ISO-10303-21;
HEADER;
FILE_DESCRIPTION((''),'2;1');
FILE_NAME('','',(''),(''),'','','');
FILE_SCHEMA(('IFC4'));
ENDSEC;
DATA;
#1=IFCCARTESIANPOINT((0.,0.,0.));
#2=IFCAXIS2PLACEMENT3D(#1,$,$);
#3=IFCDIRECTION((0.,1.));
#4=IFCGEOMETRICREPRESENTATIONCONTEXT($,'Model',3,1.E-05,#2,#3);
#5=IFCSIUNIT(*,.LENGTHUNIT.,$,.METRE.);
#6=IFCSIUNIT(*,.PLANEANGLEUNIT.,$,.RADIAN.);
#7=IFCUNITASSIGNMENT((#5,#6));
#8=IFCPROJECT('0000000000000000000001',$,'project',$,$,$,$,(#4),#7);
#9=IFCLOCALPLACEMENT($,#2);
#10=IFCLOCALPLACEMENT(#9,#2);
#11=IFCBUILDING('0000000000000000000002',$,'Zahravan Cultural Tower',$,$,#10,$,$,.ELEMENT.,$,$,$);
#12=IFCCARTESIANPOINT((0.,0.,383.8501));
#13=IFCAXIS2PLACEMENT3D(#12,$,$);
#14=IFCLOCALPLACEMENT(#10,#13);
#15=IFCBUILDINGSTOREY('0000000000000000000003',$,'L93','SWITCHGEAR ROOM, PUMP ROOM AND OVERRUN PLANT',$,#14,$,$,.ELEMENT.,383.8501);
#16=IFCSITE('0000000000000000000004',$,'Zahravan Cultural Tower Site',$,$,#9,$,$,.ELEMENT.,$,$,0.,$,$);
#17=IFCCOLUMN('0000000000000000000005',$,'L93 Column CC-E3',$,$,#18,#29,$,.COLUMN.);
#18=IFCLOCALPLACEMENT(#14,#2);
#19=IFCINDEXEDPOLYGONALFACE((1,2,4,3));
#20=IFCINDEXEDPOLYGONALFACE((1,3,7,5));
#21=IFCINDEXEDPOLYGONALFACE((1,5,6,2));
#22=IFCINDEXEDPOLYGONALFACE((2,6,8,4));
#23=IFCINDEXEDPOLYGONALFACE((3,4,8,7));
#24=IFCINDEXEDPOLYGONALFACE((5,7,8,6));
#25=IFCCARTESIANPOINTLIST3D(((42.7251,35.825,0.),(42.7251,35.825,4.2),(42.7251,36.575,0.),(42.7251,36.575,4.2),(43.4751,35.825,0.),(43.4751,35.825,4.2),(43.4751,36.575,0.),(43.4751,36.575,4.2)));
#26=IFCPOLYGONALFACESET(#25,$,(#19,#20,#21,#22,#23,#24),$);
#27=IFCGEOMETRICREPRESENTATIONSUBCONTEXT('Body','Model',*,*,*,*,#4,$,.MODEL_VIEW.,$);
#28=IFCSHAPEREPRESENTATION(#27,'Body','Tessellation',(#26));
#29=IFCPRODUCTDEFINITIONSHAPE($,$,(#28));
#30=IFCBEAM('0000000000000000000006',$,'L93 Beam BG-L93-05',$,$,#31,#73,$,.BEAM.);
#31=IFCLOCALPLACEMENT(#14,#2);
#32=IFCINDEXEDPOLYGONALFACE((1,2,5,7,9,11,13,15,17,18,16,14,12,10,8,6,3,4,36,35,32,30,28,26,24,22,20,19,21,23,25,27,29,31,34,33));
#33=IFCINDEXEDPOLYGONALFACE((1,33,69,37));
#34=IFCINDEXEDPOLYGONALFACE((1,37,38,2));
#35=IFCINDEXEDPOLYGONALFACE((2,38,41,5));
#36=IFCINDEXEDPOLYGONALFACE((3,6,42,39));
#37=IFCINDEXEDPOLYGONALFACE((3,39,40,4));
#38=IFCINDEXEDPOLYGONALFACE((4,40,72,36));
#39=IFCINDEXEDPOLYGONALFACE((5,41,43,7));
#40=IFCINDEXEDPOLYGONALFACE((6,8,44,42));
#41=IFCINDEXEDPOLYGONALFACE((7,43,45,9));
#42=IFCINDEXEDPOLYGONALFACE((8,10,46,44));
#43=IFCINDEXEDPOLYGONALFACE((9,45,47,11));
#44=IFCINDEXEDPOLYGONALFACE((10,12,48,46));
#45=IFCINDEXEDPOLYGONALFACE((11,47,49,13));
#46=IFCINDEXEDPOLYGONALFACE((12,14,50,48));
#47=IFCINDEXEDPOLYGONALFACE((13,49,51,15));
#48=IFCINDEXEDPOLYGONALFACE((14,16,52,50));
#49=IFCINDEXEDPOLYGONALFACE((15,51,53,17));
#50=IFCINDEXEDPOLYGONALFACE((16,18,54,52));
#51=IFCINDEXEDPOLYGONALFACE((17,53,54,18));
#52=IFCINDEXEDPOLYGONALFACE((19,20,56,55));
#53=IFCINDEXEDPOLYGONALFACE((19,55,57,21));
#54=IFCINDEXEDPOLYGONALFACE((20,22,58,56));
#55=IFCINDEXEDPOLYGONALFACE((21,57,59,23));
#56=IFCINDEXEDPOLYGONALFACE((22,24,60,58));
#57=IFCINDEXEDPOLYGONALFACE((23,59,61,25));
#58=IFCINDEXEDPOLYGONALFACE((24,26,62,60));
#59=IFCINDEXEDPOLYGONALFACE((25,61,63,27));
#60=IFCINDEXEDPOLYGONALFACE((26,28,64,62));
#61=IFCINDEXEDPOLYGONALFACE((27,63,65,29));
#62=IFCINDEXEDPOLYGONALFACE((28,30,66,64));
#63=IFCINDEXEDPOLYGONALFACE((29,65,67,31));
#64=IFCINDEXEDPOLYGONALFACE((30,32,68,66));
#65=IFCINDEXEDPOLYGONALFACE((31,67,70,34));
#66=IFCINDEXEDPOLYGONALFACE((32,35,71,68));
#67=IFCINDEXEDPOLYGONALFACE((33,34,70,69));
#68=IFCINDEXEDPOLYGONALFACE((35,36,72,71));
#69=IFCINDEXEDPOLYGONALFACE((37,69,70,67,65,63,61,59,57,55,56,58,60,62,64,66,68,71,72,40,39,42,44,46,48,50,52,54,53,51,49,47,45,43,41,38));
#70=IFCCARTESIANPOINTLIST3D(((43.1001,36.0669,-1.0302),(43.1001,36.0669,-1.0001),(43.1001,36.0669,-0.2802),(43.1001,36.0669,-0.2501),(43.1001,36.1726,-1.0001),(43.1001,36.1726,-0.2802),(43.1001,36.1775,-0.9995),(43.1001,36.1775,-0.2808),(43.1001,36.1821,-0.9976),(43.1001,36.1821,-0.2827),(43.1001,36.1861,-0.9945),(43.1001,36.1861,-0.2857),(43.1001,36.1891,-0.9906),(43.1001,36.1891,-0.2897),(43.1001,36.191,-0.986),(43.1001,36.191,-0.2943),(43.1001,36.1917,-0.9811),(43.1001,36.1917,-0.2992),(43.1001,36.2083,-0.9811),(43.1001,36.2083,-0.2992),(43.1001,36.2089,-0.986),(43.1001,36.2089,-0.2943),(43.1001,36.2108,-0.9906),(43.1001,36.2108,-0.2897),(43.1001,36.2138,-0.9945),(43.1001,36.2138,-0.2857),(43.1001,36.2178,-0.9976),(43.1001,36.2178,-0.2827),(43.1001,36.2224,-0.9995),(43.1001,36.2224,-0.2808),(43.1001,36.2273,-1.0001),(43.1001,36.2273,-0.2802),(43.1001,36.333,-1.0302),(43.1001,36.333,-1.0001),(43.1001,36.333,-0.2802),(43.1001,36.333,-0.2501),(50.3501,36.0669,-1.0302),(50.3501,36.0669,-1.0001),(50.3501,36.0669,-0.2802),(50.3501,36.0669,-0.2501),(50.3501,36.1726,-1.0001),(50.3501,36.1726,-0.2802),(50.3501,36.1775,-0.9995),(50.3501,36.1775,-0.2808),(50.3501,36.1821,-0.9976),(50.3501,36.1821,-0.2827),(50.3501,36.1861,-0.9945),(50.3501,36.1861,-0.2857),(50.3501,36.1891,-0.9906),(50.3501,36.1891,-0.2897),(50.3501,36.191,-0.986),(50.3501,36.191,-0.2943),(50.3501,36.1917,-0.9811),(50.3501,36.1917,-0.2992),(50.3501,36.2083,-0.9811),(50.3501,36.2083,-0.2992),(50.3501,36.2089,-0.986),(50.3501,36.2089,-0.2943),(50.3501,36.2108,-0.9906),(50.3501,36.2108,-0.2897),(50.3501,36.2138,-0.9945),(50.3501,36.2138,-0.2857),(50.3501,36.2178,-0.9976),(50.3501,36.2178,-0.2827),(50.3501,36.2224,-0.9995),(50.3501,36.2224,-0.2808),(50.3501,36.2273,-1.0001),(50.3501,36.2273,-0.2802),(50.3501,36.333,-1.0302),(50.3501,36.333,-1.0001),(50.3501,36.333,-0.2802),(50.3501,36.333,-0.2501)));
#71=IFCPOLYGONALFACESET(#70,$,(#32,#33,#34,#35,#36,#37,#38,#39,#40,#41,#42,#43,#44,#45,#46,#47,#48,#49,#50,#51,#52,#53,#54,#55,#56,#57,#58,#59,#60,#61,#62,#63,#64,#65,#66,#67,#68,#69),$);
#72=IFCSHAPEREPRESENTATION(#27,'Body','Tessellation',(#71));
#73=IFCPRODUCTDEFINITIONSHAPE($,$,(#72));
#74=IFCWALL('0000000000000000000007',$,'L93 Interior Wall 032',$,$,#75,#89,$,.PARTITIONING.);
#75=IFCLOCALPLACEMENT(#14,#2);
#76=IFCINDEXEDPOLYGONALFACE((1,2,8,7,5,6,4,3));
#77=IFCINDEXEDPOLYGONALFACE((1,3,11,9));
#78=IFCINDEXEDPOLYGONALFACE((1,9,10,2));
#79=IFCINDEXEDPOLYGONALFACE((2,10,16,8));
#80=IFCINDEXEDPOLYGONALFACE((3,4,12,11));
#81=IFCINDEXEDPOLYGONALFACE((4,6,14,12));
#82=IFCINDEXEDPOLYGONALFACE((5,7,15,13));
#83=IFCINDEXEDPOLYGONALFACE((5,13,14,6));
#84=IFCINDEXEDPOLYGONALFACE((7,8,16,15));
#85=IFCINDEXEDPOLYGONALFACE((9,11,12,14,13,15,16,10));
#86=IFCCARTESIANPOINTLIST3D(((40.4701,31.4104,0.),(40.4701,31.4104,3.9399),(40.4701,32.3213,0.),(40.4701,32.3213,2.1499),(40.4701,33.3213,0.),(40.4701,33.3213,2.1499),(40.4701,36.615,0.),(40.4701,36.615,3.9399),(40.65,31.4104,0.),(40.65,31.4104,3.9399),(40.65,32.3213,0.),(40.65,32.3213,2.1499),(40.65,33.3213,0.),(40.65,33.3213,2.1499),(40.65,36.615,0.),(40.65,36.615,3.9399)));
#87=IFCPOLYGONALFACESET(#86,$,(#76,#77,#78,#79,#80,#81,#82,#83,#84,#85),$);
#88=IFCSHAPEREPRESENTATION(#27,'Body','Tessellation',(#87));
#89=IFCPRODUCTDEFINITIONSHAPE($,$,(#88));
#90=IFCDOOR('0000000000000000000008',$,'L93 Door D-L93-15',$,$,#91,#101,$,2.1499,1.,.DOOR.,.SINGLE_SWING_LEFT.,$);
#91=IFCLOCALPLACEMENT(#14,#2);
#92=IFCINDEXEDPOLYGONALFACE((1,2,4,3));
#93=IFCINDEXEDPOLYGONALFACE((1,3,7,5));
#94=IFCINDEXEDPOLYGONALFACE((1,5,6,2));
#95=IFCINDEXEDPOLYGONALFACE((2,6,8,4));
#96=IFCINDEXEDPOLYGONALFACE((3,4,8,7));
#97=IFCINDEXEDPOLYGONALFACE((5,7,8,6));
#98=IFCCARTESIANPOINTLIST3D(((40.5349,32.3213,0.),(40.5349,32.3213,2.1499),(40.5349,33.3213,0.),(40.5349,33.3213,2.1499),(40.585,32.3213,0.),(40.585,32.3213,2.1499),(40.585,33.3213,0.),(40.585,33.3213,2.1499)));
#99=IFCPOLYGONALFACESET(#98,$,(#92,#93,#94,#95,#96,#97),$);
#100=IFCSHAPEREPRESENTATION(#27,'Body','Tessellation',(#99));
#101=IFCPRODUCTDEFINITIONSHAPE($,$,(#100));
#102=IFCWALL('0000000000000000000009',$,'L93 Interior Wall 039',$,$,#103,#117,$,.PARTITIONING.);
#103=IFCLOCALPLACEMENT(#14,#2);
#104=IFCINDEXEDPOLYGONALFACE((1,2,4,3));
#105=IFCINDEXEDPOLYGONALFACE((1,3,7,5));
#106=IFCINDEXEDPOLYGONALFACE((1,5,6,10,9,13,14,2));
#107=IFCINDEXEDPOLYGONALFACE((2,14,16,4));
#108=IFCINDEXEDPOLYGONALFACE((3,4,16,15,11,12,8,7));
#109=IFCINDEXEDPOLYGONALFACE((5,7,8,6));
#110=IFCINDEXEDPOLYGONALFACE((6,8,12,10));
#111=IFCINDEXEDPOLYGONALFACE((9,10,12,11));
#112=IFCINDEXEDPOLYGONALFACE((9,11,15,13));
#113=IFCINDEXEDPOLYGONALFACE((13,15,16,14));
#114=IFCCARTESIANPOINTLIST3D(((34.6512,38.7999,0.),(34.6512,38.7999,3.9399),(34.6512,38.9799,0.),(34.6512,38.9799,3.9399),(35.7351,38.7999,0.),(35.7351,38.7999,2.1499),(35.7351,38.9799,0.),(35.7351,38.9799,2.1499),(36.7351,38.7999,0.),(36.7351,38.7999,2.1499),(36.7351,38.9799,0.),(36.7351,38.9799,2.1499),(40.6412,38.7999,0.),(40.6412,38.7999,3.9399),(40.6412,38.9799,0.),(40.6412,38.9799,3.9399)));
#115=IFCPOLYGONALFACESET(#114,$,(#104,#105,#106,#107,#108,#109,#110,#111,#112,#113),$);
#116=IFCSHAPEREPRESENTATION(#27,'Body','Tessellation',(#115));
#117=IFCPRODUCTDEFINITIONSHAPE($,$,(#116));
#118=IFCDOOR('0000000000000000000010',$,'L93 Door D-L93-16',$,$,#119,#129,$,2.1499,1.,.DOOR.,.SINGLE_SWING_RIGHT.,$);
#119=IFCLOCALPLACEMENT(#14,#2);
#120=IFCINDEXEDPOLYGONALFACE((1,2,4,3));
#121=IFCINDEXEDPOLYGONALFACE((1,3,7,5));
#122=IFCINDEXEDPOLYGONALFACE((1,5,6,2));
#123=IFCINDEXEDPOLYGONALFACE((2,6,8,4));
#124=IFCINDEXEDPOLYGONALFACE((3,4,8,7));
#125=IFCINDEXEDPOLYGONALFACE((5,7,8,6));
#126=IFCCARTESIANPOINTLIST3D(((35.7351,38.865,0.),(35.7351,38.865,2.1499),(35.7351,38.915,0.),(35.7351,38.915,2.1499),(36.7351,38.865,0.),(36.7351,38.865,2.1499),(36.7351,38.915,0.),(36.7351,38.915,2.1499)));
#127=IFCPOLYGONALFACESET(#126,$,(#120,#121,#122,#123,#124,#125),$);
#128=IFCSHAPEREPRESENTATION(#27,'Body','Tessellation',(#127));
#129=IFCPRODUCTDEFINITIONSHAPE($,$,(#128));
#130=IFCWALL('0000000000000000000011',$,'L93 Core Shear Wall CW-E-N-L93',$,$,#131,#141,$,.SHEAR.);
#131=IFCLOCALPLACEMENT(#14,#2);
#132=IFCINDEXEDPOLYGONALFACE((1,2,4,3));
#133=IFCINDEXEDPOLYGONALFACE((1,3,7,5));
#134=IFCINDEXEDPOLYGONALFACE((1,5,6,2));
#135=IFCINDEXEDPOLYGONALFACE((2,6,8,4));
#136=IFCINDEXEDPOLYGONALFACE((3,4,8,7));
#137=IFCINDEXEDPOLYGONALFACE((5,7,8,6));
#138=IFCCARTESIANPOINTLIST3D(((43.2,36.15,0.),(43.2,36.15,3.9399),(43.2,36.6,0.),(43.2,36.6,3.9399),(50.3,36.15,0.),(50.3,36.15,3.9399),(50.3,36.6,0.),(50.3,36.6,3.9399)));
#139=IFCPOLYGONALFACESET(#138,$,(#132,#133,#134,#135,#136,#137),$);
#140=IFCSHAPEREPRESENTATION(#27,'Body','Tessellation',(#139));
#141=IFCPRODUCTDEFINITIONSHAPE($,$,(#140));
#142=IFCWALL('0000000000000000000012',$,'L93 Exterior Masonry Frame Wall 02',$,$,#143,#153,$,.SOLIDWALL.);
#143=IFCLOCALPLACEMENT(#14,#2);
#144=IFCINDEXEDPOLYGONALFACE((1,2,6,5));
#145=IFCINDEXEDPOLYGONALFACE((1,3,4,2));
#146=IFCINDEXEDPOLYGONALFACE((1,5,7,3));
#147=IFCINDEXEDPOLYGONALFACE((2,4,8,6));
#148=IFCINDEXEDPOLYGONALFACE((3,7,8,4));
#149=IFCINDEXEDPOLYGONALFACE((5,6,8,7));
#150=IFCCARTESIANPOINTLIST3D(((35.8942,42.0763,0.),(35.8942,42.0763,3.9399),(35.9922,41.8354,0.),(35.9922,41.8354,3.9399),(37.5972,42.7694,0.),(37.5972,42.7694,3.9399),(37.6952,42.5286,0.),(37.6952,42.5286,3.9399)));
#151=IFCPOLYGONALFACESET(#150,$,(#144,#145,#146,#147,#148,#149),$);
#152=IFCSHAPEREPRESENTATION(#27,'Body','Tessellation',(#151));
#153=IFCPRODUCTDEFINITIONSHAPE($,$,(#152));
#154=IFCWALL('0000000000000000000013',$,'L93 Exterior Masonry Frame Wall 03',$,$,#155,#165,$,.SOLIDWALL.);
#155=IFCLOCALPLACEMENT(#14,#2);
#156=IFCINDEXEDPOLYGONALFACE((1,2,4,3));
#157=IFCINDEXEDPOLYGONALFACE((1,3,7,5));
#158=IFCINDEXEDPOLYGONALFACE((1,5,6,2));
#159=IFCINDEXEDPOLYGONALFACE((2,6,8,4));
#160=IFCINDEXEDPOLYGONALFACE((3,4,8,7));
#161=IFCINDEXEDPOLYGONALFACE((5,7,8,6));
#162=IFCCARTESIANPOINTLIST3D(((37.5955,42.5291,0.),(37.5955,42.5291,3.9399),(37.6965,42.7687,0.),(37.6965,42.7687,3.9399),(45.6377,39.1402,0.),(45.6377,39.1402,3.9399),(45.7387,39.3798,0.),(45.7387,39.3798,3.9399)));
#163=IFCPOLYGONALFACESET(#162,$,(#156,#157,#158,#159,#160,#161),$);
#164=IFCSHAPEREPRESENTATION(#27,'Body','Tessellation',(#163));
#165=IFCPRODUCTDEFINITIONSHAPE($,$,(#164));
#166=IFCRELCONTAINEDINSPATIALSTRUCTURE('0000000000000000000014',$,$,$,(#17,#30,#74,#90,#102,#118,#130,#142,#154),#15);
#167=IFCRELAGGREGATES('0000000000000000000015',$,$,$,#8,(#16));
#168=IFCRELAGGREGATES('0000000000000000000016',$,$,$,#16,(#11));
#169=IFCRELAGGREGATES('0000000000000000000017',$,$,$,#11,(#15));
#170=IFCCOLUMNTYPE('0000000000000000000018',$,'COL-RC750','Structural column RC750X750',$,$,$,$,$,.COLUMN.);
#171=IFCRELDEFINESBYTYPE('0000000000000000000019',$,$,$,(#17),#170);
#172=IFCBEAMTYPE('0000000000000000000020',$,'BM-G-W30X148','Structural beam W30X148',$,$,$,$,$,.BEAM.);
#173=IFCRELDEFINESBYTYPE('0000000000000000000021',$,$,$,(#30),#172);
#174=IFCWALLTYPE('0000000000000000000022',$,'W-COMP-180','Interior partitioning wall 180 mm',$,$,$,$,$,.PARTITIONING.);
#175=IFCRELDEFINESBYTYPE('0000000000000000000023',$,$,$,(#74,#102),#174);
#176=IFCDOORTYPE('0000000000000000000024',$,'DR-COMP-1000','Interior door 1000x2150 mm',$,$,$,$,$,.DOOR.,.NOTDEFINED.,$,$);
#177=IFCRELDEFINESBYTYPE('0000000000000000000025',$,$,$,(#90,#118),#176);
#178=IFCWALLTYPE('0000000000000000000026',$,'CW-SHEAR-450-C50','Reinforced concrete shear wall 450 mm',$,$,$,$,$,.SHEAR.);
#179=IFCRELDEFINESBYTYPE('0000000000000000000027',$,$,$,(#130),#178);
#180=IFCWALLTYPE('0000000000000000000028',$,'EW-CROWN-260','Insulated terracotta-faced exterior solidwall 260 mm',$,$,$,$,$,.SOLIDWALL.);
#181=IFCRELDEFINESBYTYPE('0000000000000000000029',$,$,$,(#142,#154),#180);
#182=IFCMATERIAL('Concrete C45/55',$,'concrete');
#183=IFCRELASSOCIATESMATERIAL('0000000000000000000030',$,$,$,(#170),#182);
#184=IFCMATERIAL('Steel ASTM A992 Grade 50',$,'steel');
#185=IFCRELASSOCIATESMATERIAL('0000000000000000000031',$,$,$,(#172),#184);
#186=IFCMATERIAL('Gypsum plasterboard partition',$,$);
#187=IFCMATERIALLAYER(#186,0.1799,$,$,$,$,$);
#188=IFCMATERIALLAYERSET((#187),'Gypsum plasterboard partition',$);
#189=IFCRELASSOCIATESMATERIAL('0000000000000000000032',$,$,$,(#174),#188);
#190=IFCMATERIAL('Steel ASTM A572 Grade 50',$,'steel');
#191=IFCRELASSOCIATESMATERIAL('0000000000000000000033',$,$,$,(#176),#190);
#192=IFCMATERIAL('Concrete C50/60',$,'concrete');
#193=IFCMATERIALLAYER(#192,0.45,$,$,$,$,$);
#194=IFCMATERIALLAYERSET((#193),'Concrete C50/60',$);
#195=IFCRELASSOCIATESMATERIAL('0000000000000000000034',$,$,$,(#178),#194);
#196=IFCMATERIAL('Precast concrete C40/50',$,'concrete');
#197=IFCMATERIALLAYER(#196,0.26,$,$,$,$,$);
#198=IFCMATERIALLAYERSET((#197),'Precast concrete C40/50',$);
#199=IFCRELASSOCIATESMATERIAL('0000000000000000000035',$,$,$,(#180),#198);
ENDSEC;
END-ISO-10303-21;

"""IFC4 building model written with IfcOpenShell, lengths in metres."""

from ifc_helpers import new_model, si_unit, direction, frame, frame_2d, origin, origin_2d, place, context, subcontext, project, spatial, rectangle, i_section, extrude, source, transform, mapped, material, layer, layer_set, material_profile, profile_set, type_object, element, fill, save


model = new_model("IFC4")

# Units and contexts
model_context = context("Model", 3, precision=1e-05, world=origin(), true_north=direction((0.0, 1.0)))
body_context = subcontext(model_context, "Body", "Model", "MODEL_VIEW")
ifc_project = project(units=[si_unit("LENGTHUNIT", "METRE"), si_unit("PLANEANGLEUNIT", "RADIAN")], contexts=[model_context])

# Site, building, storey
site_placement = place(None, origin())
site = spatial("IfcSite", under=ifc_project, at=site_placement, Name="Zahravan Cultural Tower Site", CompositionType="ELEMENT", RefElevation=0.0)
building_placement = place(site_placement, origin())
building = spatial("IfcBuilding", under=site, at=building_placement, Name="Zahravan Cultural Tower", CompositionType="ELEMENT")
storey_placement = place(building_placement, frame((0.0, 0.0, 383.8501)))
storey = spatial("IfcBuildingStorey", under=building, at=storey_placement, Name="L93", Description="SWITCHGEAR ROOM, PUMP ROOM AND OVERRUN PLANT", CompositionType="ELEMENT", Elevation=383.8501)

# Column
ifc_material_1 = material(Name="Concrete C45/55", Category="concrete")
ifc_material_profile_1 = material_profile(ifc_material_1, rectangle(XDim=0.75, YDim=0.75, at=origin_2d()), Name="RC750X750")
ifc_profile_set_1 = profile_set([ifc_material_profile_1], Name="Concrete C45/55")
column_type = type_object("IfcColumnType", Name="COL-RC750", Description="Structural column RC750X750", PredefinedType="COLUMN", material=ifc_profile_set_1)
shared_shape_1 = source(origin(), body_context, "Body", "SweptSolid", [
    extrude(rectangle(XDim=0.75, YDim=0.75, at=origin_2d()), origin(), (0.0, 0.0, 1.0), 4.2),
])
column_placement = place(storey_placement, frame((43.1001, 36.2, 0.0), z_axis=(0.0, 0.0, 1.0), x_axis=(1.0, 0.0, 0.0)))
element("IfcColumn", 1, at=column_placement, inside=storey, type_object=column_type, Name="L93 Column CC-E3", PredefinedType="COLUMN", context=body_context, shape_type="MappedRepresentation", body=[
    mapped(shared_shape_1, transform((0.0, 0.0, 0.0), x_axis=(1.0, 0.0, 0.0), y_axis=(0.0, 1.0, 0.0), z_axis=(0.0, 0.0, 1.0), scale=1.0)),
])

# Beam
ifc_material_2 = material(Name="Steel ASTM A992 Grade 50", Category="steel")
ifc_material_profile_2 = material_profile(ifc_material_2, i_section(OverallWidth=0.2661, OverallDepth=0.78, WebThickness=0.0166, FlangeThickness=0.03, FilletRadius=0.019, at=origin_2d()), Name="W30X148")
ifc_profile_set_2 = profile_set([ifc_material_profile_2], Name="Steel ASTM A992 Grade 50")
beam_type = type_object("IfcBeamType", Name="BM-G-W30X148", Description="Structural beam W30X148", PredefinedType="BEAM", material=ifc_profile_set_2)
shared_shape_2 = source(origin(), body_context, "Body", "SweptSolid", [
    extrude(i_section(OverallWidth=0.2661, OverallDepth=0.78, WebThickness=0.0166, FlangeThickness=0.03, FilletRadius=0.019, at=origin_2d()), origin(), (0.0, 0.0, 1.0), 7.25),
])
beam_placement = place(storey_placement, frame((43.1001, 36.2, -0.6401), z_axis=(1.0, 0.0, 0.0), x_axis=(0.0, 1.0, 0.0)))
element("IfcBeam", 2, at=beam_placement, inside=storey, type_object=beam_type, Name="L93 Beam BG-L93-05", PredefinedType="BEAM", context=body_context, shape_type="MappedRepresentation", body=[
    mapped(shared_shape_2, transform((0.0, 0.0, 0.0), x_axis=(1.0, 0.0, 0.0), y_axis=(0.0, 1.0, 0.0), z_axis=(0.0, 0.0, 1.0), scale=1.0)),
])

# Walls, openings, doors
ifc_material_3 = material(Name="Gypsum plasterboard partition")
ifc_layer_1 = layer(ifc_material_3, 0.1799)
ifc_layer_set_1 = layer_set([ifc_layer_1], Name="Gypsum plasterboard partition")
wall_type_1 = type_object("IfcWallType", Name="W-COMP-180", Description="Interior partitioning wall 180 mm", PredefinedType="PARTITIONING", material=ifc_layer_set_1)
wall_1_placement = place(storey_placement, frame((40.5601, 36.615, 0.0), z_axis=(0.0, 0.0, 1.0), x_axis=(0.0, -1.0, 0.0)))
wall_1 = element("IfcWall", 3, at=wall_1_placement, inside=storey, type_object=wall_type_1, Name="L93 Interior Wall 032", PredefinedType="PARTITIONING", context=body_context, shape_type="SweptSolid", body=[
    extrude(rectangle(XDim=5.2046, YDim=0.1799, at=frame_2d((2.6023, 0.0))), origin(), (0.0, 0.0, 1.0), 3.9399),
])
opening_1_placement = place(wall_1_placement, frame((3.2937, 0.0, 0.0)))
opening_1 = element("IfcOpeningElement", 4, at=opening_1_placement, cuts=wall_1, PredefinedType="OPENING", context=body_context, shape_type="SweptSolid", body=[
    extrude(rectangle(XDim=1.0, YDim=2.1499, at=frame_2d((0.5, 1.075))), frame((0.0, 0.0999, 0.0), z_axis=(0.0, -1.0, 0.0), x_axis=(1.0, 0.0, 0.0)), (0.0, 0.0, 1.0), 0.2),
])
ifc_material_4 = material(Name="Steel ASTM A572 Grade 50", Category="steel")
door_type_1 = type_object("IfcDoorType", Name="DR-COMP-1000", Description="Interior door 1000x2150 mm", OperationType="NOTDEFINED", PredefinedType="DOOR", material=ifc_material_4)
shared_shape_3 = source(origin(), body_context, "Body", "SweptSolid", [
    extrude(rectangle(XDim=1.0, YDim=2.1499, at=frame_2d((0.5, 1.075))), frame((0.0, 0.0249, 0.0), z_axis=(0.0, -1.0, 0.0), x_axis=(1.0, 0.0, 0.0)), (0.0, 0.0, 1.0), 0.05),
])
door_1_placement = place(opening_1_placement, origin())
door_1 = element("IfcDoor", 5, at=door_1_placement, inside=storey, type_object=door_type_1, Name="L93 Door D-L93-15", OperationType="SINGLE_SWING_LEFT", OverallHeight=2.1499, OverallWidth=1.0, PredefinedType="DOOR", context=body_context, shape_type="MappedRepresentation", body=[
    mapped(shared_shape_3, transform((0.0, 0.0, 0.0), x_axis=(1.0, 0.0, 0.0), y_axis=(0.0, 1.0, 0.0), z_axis=(0.0, 0.0, 1.0), scale=1.0)),
])
fill(opening_1, door_1)
wall_2_placement = place(storey_placement, frame((40.6414, 38.8899, 0.0), z_axis=(0.0, 0.0, 1.0), x_axis=(-1.0, 0.0, 0.0)))
wall_2 = element("IfcWall", 6, at=wall_2_placement, inside=storey, type_object=wall_type_1, Name="L93 Interior Wall 039", PredefinedType="PARTITIONING", context=body_context, shape_type="SweptSolid", body=[
    extrude(rectangle(XDim=5.99, YDim=0.1799, at=frame_2d((2.9951, 0.0))), origin(), (0.0, 0.0, 1.0), 3.9399),
])
opening_2_placement = place(wall_2_placement, frame((3.9062, 0.0, 0.0)))
opening_2 = element("IfcOpeningElement", 7, at=opening_2_placement, cuts=wall_2, PredefinedType="OPENING", context=body_context, shape_type="SweptSolid", body=[
    extrude(rectangle(XDim=1.0, YDim=2.1499, at=frame_2d((0.5, 1.075))), frame((0.0, 0.0999, 0.0), z_axis=(0.0, -1.0, 0.0), x_axis=(1.0, 0.0, 0.0)), (0.0, 0.0, 1.0), 0.2),
])
door_2_placement = place(opening_2_placement, origin())
door_2 = element("IfcDoor", 8, at=door_2_placement, inside=storey, type_object=door_type_1, Name="L93 Door D-L93-16", OperationType="SINGLE_SWING_RIGHT", OverallHeight=2.1499, OverallWidth=1.0, PredefinedType="DOOR", context=body_context, shape_type="MappedRepresentation", body=[
    mapped(shared_shape_3, transform((0.0, 0.0, 0.0), x_axis=(1.0, 0.0, 0.0), y_axis=(0.0, 1.0, 0.0), z_axis=(0.0, 0.0, 1.0), scale=1.0)),
])
fill(opening_2, door_2)

# Walls
ifc_material_5 = material(Name="Concrete C50/60", Category="concrete")
ifc_layer_2 = layer(ifc_material_5, 0.45)
ifc_layer_set_2 = layer_set([ifc_layer_2], Name="Concrete C50/60")
wall_type_2 = type_object("IfcWallType", Name="CW-SHEAR-450-C50", Description="Reinforced concrete shear wall 450 mm", PredefinedType="SHEAR", material=ifc_layer_set_2)
shared_shape_4 = source(origin(), body_context, "Body", "SweptSolid", [
    extrude(rectangle(XDim=7.1001, YDim=0.45, at=frame_2d((3.55, 0.0))), origin(), (0.0, 0.0, 1.0), 3.9399),
])
wall_3_placement = place(storey_placement, frame((43.2, 36.375, 0.0), z_axis=(0.0, 0.0, 1.0), x_axis=(1.0, 0.0, 0.0)))
element("IfcWall", 9, at=wall_3_placement, inside=storey, type_object=wall_type_2, Name="L93 Core Shear Wall CW-E-N-L93", PredefinedType="SHEAR", context=body_context, shape_type="MappedRepresentation", body=[
    mapped(shared_shape_4, transform((0.0, 0.0, 0.0), x_axis=(1.0, 0.0, 0.0), y_axis=(0.0, 1.0, 0.0), z_axis=(0.0, 0.0, 1.0), scale=1.0)),
])
ifc_material_6 = material(Name="Precast concrete C40/50", Category="concrete")
ifc_layer_3 = layer(ifc_material_6, 0.26)
ifc_layer_set_3 = layer_set([ifc_layer_3], Name="Precast concrete C40/50")
wall_type_3 = type_object("IfcWallType", Name="EW-CROWN-260", Description="Insulated terracotta-faced exterior solidwall 260 mm", PredefinedType="SOLIDWALL", material=ifc_layer_set_3)
shared_shape_5 = source(origin(), body_context, "Body", "SweptSolid", [
    extrude(rectangle(XDim=1.8386, YDim=0.26, at=frame_2d((0.9194, 0.0))), origin(), (0.0, 0.0, 1.0), 3.9399),
])
wall_4_placement = place(storey_placement, frame((35.9431, 41.9558, 0.0), z_axis=(0.0, 0.0, 1.0), x_axis=(0.926216, 0.376993, 0.0)))
element("IfcWall", 10, at=wall_4_placement, inside=storey, type_object=wall_type_3, Name="L93 Exterior Masonry Frame Wall 02", PredefinedType="SOLIDWALL", context=body_context, shape_type="MappedRepresentation", body=[
    mapped(shared_shape_5, transform((0.0, 0.0, 0.0), x_axis=(1.0, 0.0, 0.0), y_axis=(0.0, 1.0, 0.0), z_axis=(0.0, 0.0, 1.0), scale=1.0)),
])
shared_shape_6 = source(origin(), body_context, "Body", "SweptSolid", [
    extrude(rectangle(XDim=8.7271, YDim=0.26, at=frame_2d((4.3635, 0.0))), origin(), (0.0, 0.0, 1.0), 3.9399),
])
wall_5_placement = place(storey_placement, frame((37.646, 42.6489, 0.0), z_axis=(0.0, 0.0, 1.0), x_axis=(0.921524, -0.388321, 0.0)))
element("IfcWall", 11, at=wall_5_placement, inside=storey, type_object=wall_type_3, Name="L93 Exterior Masonry Frame Wall 03", PredefinedType="SOLIDWALL", context=body_context, shape_type="MappedRepresentation", body=[
    mapped(shared_shape_6, transform((0.0, 0.0, 0.0), x_axis=(1.0, 0.0, 0.0), y_axis=(0.0, 1.0, 0.0), z_axis=(0.0, 0.0, 1.0), scale=1.0)),
])

save(model, "model.ifc")
